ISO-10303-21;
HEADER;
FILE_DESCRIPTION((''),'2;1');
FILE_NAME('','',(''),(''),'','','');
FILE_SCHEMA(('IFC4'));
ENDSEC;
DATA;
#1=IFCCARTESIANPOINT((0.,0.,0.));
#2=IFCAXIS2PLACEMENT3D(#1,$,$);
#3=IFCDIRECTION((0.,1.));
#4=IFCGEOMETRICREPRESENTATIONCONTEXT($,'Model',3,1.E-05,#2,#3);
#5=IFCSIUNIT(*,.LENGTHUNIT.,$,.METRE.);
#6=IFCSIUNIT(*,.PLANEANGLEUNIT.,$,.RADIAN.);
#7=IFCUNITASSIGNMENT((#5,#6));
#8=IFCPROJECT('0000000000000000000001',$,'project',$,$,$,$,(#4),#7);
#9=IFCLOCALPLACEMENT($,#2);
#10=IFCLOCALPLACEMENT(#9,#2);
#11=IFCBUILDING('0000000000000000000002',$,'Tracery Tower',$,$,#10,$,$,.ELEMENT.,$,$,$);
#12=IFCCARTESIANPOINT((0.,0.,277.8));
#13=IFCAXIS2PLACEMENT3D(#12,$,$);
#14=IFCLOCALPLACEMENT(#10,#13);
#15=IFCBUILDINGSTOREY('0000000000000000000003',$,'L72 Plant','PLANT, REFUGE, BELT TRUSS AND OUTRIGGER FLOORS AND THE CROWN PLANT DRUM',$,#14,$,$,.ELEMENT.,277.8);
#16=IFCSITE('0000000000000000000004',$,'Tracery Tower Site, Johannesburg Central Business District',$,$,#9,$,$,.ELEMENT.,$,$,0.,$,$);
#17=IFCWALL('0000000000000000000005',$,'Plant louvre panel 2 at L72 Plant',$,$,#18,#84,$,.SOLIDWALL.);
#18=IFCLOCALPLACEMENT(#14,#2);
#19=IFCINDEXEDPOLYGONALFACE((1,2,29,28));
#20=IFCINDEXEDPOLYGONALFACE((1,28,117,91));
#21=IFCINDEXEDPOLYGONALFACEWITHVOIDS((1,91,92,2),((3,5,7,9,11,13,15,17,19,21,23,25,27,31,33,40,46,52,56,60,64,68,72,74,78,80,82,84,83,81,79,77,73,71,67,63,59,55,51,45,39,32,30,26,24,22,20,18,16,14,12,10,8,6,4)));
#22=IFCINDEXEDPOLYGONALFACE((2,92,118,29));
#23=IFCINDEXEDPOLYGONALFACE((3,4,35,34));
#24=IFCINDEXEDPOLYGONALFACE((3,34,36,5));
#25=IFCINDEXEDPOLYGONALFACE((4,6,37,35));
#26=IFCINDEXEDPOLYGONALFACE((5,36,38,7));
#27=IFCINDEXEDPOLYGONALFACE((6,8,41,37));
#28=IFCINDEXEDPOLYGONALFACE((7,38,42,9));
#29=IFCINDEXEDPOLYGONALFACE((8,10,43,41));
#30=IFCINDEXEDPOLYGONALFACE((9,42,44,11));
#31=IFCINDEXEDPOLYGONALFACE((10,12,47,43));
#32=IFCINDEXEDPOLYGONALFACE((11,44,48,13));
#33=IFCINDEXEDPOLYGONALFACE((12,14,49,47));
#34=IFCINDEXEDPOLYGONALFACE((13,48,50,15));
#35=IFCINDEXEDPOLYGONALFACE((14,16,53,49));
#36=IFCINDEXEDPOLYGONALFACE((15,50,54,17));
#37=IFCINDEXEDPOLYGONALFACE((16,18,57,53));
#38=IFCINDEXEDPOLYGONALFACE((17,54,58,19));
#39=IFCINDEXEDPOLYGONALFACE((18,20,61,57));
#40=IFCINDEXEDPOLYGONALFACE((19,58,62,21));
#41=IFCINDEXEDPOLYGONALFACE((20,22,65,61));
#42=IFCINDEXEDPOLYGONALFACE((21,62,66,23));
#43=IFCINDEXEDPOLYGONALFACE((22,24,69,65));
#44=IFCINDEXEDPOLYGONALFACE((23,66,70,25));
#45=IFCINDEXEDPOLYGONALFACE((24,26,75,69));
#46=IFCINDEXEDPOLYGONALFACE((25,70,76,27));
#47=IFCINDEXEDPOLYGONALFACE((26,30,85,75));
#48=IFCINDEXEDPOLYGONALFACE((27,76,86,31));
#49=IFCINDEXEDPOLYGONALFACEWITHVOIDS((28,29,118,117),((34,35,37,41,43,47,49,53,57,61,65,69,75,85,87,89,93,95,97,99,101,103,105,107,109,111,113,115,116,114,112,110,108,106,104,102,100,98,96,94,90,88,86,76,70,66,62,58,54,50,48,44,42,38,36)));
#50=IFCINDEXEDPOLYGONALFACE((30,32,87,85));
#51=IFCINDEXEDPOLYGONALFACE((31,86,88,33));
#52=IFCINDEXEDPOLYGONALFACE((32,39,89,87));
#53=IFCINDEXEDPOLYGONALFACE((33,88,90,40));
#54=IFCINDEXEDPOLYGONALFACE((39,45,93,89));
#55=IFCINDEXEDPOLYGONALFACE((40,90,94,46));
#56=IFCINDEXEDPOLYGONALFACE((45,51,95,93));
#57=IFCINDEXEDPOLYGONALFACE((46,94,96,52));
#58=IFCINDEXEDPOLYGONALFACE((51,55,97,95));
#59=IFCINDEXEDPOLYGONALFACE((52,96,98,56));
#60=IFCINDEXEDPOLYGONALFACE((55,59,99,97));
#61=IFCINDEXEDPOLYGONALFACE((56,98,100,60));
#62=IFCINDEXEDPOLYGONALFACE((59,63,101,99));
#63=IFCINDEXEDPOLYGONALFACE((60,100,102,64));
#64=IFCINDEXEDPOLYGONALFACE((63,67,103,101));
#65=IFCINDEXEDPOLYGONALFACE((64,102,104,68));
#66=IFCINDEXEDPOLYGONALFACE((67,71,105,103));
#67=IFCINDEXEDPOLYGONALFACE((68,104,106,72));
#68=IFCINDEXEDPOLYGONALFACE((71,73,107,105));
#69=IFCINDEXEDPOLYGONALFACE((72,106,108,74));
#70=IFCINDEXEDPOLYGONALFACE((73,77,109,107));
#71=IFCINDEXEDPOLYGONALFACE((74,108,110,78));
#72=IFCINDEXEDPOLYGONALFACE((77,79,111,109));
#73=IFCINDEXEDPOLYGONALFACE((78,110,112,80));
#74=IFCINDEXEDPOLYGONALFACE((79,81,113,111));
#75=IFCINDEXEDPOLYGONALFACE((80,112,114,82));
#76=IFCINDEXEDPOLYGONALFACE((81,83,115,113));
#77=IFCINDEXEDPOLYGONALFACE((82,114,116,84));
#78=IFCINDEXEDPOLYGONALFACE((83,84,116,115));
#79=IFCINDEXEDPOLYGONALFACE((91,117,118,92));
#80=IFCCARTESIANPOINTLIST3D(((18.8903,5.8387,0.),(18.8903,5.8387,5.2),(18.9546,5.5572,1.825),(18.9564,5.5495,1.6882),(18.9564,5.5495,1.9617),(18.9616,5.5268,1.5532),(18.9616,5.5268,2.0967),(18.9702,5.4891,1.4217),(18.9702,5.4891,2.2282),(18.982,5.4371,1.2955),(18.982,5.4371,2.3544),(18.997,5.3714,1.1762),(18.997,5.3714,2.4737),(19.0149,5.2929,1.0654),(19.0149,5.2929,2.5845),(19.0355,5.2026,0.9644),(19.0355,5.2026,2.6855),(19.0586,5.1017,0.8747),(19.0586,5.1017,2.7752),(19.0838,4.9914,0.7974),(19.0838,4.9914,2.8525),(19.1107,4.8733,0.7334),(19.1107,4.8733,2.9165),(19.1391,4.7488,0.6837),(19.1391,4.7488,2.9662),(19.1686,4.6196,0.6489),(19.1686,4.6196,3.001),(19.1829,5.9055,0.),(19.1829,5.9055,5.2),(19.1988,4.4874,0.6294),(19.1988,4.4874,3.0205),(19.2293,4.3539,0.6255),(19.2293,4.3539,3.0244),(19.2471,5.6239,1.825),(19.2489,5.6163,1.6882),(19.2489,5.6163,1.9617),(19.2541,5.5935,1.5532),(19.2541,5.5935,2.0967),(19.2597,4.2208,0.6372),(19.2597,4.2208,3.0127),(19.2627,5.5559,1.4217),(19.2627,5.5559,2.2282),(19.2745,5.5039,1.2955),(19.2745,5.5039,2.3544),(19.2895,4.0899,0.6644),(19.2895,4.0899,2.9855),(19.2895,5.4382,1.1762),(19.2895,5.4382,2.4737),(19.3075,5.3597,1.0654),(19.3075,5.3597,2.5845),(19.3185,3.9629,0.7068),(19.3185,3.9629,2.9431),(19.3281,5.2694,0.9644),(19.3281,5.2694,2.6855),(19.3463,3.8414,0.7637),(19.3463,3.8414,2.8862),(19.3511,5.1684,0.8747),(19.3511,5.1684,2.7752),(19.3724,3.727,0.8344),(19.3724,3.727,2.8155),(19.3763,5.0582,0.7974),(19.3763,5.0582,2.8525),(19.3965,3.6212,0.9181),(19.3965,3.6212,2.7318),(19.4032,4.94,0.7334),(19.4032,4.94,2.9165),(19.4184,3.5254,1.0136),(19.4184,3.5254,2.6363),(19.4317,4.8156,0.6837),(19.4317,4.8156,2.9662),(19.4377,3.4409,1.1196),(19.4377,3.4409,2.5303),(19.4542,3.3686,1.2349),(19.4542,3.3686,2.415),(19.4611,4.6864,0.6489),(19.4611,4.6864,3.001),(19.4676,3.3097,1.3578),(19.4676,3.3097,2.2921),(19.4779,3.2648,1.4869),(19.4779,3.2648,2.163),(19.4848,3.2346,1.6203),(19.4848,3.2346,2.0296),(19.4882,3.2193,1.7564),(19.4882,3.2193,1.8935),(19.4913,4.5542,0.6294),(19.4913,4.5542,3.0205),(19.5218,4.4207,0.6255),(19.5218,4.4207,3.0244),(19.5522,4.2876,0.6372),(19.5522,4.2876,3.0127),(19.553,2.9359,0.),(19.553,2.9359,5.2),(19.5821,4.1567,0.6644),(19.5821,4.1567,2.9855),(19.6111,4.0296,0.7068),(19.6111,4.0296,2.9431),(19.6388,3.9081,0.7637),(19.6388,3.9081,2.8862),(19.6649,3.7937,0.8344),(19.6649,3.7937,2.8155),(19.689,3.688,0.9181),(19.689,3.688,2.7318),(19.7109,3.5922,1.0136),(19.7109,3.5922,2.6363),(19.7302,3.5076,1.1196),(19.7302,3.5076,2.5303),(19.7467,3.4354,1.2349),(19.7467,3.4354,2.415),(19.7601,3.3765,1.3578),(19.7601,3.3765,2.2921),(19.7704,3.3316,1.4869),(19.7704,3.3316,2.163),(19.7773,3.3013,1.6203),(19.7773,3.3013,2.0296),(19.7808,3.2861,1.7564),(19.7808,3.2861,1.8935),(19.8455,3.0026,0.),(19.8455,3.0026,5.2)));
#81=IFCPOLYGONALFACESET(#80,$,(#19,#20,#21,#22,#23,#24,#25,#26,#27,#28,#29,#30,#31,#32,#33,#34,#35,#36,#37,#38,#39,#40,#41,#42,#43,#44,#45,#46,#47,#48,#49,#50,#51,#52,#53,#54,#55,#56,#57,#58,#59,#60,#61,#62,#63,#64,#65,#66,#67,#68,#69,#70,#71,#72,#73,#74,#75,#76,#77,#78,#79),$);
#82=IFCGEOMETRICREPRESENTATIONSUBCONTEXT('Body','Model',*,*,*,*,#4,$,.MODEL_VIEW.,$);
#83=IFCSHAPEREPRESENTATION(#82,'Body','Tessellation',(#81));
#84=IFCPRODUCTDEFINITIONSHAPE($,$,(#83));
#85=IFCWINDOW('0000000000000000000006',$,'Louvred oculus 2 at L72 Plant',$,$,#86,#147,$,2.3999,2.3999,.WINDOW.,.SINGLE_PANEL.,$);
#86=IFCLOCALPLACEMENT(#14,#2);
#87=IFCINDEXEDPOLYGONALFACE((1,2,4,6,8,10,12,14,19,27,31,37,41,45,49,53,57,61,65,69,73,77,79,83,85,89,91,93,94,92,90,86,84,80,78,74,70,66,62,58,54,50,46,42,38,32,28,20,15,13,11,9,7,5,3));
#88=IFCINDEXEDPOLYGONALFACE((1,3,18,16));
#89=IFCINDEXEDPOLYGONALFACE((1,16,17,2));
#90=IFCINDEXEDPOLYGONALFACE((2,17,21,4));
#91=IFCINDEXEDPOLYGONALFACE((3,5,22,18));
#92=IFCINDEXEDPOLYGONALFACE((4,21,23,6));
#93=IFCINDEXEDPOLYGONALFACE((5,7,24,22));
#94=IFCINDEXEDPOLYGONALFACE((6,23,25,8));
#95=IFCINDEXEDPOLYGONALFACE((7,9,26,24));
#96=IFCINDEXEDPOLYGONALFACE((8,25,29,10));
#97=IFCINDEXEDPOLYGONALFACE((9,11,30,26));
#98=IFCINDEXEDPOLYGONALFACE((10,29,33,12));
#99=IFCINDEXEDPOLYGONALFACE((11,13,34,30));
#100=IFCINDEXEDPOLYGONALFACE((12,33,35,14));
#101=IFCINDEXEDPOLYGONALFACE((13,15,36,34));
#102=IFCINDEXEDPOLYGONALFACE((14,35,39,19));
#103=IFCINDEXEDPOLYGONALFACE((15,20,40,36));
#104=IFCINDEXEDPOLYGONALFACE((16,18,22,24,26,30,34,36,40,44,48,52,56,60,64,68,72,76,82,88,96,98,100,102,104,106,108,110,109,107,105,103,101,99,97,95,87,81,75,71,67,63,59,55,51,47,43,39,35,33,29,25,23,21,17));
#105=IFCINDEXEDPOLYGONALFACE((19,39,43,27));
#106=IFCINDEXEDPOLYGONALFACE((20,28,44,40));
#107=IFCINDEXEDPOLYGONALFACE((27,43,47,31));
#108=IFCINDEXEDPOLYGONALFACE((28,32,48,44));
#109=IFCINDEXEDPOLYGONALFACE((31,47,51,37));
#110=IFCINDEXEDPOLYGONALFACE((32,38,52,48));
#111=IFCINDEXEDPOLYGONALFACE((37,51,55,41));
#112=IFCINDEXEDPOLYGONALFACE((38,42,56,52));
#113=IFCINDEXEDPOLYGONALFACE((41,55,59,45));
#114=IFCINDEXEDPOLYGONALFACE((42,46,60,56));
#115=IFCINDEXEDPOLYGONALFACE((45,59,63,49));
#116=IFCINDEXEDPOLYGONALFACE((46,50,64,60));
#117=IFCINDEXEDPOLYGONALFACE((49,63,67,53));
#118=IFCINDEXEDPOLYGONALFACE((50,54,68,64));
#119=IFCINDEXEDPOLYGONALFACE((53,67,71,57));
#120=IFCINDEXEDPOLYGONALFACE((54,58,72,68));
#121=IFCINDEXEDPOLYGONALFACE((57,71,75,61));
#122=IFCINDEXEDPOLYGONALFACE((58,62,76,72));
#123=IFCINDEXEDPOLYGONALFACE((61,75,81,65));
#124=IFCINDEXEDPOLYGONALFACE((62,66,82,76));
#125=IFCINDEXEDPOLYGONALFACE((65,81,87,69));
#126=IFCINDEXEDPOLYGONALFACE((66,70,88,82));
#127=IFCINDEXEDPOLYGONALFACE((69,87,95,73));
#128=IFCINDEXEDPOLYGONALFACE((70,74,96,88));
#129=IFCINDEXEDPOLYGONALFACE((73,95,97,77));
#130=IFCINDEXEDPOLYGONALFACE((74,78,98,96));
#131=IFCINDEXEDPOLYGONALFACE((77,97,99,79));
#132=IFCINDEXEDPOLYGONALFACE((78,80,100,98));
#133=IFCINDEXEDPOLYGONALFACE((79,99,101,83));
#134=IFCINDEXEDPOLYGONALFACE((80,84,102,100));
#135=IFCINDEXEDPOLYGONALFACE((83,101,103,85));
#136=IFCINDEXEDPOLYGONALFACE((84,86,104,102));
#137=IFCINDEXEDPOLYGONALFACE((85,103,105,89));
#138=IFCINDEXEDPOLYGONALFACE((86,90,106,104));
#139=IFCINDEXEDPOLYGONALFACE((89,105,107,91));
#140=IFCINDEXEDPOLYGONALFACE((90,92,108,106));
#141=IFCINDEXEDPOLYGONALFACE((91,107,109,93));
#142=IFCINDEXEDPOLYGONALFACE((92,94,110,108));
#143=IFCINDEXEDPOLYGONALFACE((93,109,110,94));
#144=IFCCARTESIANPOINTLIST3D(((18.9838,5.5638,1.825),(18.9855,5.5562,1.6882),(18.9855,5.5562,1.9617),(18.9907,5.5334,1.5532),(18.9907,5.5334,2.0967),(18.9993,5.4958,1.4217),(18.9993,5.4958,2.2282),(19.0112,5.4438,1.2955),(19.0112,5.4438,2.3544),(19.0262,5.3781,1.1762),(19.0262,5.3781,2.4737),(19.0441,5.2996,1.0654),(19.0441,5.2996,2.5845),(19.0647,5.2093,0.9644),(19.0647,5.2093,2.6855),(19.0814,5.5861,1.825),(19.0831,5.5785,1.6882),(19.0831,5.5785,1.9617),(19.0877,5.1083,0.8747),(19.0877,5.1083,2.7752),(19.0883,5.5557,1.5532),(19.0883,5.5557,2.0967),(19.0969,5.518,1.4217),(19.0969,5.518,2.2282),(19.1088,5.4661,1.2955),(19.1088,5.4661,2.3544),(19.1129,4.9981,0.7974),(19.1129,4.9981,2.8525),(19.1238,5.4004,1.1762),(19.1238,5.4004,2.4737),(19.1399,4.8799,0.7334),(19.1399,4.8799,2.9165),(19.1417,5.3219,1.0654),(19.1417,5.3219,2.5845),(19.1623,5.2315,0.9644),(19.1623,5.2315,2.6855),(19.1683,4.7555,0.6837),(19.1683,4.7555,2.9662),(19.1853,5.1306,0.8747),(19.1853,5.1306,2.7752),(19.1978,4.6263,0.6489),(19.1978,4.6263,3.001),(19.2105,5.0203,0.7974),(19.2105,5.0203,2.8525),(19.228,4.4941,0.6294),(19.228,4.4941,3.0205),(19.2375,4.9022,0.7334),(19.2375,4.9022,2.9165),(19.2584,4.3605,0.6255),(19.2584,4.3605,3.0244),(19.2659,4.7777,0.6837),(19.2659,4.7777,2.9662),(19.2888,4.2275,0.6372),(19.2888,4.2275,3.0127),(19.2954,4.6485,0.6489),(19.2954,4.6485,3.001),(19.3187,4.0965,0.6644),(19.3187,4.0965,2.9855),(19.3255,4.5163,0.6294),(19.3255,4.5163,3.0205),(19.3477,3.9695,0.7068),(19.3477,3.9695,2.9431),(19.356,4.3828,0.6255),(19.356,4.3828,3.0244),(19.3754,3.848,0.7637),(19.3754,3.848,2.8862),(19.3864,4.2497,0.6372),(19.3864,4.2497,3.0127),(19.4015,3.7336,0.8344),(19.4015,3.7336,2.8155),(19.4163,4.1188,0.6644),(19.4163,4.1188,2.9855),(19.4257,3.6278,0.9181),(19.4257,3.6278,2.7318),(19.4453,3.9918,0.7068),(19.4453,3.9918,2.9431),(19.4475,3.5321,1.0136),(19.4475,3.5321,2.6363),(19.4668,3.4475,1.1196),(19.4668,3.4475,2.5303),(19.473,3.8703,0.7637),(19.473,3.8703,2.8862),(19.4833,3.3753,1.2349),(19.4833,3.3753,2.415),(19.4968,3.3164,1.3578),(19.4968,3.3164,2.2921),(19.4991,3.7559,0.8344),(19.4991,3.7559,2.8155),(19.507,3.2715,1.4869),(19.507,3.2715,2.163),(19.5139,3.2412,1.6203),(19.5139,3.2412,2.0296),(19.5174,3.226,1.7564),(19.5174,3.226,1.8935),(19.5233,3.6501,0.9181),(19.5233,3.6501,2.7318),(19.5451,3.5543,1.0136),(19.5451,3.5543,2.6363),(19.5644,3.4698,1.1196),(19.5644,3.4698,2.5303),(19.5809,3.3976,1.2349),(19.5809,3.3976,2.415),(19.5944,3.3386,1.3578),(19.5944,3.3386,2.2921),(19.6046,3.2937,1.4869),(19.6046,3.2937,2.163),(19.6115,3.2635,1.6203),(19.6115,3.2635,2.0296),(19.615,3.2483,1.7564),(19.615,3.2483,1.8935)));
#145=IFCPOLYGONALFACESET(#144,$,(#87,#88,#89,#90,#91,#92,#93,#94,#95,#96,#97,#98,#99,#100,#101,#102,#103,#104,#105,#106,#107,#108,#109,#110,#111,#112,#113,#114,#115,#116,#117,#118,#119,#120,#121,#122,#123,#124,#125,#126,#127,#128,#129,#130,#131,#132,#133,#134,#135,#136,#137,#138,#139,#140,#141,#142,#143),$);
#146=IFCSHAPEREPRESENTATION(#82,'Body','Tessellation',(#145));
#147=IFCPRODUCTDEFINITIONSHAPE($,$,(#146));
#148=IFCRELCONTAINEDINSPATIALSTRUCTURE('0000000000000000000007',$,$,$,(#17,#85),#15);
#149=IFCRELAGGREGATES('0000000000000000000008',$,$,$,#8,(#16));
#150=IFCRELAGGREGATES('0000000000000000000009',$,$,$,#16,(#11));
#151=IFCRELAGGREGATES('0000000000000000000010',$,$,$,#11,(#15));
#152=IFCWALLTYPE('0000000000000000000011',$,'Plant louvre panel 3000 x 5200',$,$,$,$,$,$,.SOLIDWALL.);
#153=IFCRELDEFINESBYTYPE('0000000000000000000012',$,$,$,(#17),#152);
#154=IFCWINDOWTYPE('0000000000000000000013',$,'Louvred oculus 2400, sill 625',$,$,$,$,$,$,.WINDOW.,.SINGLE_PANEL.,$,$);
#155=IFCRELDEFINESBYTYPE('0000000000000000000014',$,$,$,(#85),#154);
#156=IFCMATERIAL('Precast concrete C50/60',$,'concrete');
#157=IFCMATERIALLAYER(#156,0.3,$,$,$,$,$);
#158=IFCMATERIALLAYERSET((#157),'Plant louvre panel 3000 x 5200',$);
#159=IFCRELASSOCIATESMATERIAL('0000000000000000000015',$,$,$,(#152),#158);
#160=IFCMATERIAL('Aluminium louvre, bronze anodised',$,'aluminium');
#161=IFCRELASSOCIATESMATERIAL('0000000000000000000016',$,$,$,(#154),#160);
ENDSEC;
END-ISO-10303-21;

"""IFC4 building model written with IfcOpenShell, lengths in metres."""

from ifc_helpers import new_model, si_unit, direction, frame, frame_2d, origin, origin_2d, place, context, subcontext, project, spatial, rectangle, circle, extrude, material, layer, layer_set, type_object, element, fill, save


model = new_model("IFC4")

# Units and contexts
model_context = context("Model", 3, precision=1e-05, world=origin(), true_north=direction((0.0, 1.0)))
body_context = subcontext(model_context, "Body", "Model", "MODEL_VIEW")
ifc_project = project(units=[si_unit("LENGTHUNIT", "METRE"), si_unit("PLANEANGLEUNIT", "RADIAN")], contexts=[model_context])

# Site, building, storey
site_placement = place(None, origin())
site = spatial("IfcSite", under=ifc_project, at=site_placement, Name="Tracery Tower Site, Johannesburg Central Business District", CompositionType="ELEMENT", RefElevation=0.0)
building_placement = place(site_placement, origin())
building = spatial("IfcBuilding", under=site, at=building_placement, Name="Tracery Tower", CompositionType="ELEMENT")
storey_placement = place(building_placement, frame((0.0, 0.0, 277.8)))
storey = spatial("IfcBuildingStorey", under=building, at=storey_placement, Name="L72 Plant", Description="PLANT, REFUGE, BELT TRUSS AND OUTRIGGER FLOORS AND THE CROWN PLANT DRUM", CompositionType="ELEMENT", Elevation=277.8)

# Wall, opening, window
ifc_material_1 = material(Name="Precast concrete C50/60", Category="concrete")
ifc_layer_1 = layer(ifc_material_1, 0.3)
ifc_layer_set_1 = layer_set([ifc_layer_1], Name="Plant louvre panel 3000 x 5200")
wall_type_1 = type_object("IfcWallType", Name="Plant louvre panel 3000 x 5200", PredefinedType="SOLIDWALL", material=ifc_layer_set_1)
wall_1_placement = place(storey_placement, frame((19.6992, 2.9692, 0.0), z_axis=(0.0, 0.0, 1.0), x_axis=(-0.222535, 0.974925, 0.0)))
wall_1 = element("IfcWall", 1, at=wall_1_placement, inside=storey, type_object=wall_type_1, Name="Plant louvre panel 2 at L72 Plant", PredefinedType="SOLIDWALL", context=body_context, shape_type="SweptSolid", body=[
    extrude(rectangle(XDim=2.9775, YDim=0.3, at=frame_2d((1.4888, 0.0))), origin(), (0.0, 0.0, 1.0), 5.2),
])
opening_1_placement = place(wall_1_placement, frame((1.4888, 0.0, 1.825)))
opening_1 = element("IfcOpeningElement", 2, at=opening_1_placement, cuts=wall_1, PredefinedType="OPENING", context=body_context, shape_type="SweptSolid", body=[
    extrude(circle(Radius=1.2, at=origin_2d()), frame((0.0, 0.1599, 0.0), z_axis=(0.0, -1.0, 0.0), x_axis=(1.0, 0.0, 0.0)), (0.0, 0.0, 1.0), 0.3201),
])
ifc_material_2 = material(Name="Aluminium louvre, bronze anodised", Category="aluminium")
window_type = type_object("IfcWindowType", Name="Louvred oculus 2400, sill 625", PartitioningType="SINGLE_PANEL", PredefinedType="WINDOW", material=ifc_material_2)
window_1_placement = place(opening_1_placement, origin())
window_1 = element("IfcWindow", 3, at=window_1_placement, inside=storey, type_object=window_type, Name="Louvred oculus 2 at L72 Plant", OverallHeight=2.3999, OverallWidth=2.3999, PartitioningType="SINGLE_PANEL", PredefinedType="WINDOW", context=body_context, shape_type="SweptSolid", body=[
    extrude(circle(Radius=1.2, at=origin_2d()), frame((0.0, 0.1201, 0.0), z_axis=(0.0, -1.0, 0.0), x_axis=(1.0, 0.0, 0.0)), (0.0, 0.0, 1.0), 0.1001),
])
fill(opening_1, window_1)

save(model, "model.ifc")
